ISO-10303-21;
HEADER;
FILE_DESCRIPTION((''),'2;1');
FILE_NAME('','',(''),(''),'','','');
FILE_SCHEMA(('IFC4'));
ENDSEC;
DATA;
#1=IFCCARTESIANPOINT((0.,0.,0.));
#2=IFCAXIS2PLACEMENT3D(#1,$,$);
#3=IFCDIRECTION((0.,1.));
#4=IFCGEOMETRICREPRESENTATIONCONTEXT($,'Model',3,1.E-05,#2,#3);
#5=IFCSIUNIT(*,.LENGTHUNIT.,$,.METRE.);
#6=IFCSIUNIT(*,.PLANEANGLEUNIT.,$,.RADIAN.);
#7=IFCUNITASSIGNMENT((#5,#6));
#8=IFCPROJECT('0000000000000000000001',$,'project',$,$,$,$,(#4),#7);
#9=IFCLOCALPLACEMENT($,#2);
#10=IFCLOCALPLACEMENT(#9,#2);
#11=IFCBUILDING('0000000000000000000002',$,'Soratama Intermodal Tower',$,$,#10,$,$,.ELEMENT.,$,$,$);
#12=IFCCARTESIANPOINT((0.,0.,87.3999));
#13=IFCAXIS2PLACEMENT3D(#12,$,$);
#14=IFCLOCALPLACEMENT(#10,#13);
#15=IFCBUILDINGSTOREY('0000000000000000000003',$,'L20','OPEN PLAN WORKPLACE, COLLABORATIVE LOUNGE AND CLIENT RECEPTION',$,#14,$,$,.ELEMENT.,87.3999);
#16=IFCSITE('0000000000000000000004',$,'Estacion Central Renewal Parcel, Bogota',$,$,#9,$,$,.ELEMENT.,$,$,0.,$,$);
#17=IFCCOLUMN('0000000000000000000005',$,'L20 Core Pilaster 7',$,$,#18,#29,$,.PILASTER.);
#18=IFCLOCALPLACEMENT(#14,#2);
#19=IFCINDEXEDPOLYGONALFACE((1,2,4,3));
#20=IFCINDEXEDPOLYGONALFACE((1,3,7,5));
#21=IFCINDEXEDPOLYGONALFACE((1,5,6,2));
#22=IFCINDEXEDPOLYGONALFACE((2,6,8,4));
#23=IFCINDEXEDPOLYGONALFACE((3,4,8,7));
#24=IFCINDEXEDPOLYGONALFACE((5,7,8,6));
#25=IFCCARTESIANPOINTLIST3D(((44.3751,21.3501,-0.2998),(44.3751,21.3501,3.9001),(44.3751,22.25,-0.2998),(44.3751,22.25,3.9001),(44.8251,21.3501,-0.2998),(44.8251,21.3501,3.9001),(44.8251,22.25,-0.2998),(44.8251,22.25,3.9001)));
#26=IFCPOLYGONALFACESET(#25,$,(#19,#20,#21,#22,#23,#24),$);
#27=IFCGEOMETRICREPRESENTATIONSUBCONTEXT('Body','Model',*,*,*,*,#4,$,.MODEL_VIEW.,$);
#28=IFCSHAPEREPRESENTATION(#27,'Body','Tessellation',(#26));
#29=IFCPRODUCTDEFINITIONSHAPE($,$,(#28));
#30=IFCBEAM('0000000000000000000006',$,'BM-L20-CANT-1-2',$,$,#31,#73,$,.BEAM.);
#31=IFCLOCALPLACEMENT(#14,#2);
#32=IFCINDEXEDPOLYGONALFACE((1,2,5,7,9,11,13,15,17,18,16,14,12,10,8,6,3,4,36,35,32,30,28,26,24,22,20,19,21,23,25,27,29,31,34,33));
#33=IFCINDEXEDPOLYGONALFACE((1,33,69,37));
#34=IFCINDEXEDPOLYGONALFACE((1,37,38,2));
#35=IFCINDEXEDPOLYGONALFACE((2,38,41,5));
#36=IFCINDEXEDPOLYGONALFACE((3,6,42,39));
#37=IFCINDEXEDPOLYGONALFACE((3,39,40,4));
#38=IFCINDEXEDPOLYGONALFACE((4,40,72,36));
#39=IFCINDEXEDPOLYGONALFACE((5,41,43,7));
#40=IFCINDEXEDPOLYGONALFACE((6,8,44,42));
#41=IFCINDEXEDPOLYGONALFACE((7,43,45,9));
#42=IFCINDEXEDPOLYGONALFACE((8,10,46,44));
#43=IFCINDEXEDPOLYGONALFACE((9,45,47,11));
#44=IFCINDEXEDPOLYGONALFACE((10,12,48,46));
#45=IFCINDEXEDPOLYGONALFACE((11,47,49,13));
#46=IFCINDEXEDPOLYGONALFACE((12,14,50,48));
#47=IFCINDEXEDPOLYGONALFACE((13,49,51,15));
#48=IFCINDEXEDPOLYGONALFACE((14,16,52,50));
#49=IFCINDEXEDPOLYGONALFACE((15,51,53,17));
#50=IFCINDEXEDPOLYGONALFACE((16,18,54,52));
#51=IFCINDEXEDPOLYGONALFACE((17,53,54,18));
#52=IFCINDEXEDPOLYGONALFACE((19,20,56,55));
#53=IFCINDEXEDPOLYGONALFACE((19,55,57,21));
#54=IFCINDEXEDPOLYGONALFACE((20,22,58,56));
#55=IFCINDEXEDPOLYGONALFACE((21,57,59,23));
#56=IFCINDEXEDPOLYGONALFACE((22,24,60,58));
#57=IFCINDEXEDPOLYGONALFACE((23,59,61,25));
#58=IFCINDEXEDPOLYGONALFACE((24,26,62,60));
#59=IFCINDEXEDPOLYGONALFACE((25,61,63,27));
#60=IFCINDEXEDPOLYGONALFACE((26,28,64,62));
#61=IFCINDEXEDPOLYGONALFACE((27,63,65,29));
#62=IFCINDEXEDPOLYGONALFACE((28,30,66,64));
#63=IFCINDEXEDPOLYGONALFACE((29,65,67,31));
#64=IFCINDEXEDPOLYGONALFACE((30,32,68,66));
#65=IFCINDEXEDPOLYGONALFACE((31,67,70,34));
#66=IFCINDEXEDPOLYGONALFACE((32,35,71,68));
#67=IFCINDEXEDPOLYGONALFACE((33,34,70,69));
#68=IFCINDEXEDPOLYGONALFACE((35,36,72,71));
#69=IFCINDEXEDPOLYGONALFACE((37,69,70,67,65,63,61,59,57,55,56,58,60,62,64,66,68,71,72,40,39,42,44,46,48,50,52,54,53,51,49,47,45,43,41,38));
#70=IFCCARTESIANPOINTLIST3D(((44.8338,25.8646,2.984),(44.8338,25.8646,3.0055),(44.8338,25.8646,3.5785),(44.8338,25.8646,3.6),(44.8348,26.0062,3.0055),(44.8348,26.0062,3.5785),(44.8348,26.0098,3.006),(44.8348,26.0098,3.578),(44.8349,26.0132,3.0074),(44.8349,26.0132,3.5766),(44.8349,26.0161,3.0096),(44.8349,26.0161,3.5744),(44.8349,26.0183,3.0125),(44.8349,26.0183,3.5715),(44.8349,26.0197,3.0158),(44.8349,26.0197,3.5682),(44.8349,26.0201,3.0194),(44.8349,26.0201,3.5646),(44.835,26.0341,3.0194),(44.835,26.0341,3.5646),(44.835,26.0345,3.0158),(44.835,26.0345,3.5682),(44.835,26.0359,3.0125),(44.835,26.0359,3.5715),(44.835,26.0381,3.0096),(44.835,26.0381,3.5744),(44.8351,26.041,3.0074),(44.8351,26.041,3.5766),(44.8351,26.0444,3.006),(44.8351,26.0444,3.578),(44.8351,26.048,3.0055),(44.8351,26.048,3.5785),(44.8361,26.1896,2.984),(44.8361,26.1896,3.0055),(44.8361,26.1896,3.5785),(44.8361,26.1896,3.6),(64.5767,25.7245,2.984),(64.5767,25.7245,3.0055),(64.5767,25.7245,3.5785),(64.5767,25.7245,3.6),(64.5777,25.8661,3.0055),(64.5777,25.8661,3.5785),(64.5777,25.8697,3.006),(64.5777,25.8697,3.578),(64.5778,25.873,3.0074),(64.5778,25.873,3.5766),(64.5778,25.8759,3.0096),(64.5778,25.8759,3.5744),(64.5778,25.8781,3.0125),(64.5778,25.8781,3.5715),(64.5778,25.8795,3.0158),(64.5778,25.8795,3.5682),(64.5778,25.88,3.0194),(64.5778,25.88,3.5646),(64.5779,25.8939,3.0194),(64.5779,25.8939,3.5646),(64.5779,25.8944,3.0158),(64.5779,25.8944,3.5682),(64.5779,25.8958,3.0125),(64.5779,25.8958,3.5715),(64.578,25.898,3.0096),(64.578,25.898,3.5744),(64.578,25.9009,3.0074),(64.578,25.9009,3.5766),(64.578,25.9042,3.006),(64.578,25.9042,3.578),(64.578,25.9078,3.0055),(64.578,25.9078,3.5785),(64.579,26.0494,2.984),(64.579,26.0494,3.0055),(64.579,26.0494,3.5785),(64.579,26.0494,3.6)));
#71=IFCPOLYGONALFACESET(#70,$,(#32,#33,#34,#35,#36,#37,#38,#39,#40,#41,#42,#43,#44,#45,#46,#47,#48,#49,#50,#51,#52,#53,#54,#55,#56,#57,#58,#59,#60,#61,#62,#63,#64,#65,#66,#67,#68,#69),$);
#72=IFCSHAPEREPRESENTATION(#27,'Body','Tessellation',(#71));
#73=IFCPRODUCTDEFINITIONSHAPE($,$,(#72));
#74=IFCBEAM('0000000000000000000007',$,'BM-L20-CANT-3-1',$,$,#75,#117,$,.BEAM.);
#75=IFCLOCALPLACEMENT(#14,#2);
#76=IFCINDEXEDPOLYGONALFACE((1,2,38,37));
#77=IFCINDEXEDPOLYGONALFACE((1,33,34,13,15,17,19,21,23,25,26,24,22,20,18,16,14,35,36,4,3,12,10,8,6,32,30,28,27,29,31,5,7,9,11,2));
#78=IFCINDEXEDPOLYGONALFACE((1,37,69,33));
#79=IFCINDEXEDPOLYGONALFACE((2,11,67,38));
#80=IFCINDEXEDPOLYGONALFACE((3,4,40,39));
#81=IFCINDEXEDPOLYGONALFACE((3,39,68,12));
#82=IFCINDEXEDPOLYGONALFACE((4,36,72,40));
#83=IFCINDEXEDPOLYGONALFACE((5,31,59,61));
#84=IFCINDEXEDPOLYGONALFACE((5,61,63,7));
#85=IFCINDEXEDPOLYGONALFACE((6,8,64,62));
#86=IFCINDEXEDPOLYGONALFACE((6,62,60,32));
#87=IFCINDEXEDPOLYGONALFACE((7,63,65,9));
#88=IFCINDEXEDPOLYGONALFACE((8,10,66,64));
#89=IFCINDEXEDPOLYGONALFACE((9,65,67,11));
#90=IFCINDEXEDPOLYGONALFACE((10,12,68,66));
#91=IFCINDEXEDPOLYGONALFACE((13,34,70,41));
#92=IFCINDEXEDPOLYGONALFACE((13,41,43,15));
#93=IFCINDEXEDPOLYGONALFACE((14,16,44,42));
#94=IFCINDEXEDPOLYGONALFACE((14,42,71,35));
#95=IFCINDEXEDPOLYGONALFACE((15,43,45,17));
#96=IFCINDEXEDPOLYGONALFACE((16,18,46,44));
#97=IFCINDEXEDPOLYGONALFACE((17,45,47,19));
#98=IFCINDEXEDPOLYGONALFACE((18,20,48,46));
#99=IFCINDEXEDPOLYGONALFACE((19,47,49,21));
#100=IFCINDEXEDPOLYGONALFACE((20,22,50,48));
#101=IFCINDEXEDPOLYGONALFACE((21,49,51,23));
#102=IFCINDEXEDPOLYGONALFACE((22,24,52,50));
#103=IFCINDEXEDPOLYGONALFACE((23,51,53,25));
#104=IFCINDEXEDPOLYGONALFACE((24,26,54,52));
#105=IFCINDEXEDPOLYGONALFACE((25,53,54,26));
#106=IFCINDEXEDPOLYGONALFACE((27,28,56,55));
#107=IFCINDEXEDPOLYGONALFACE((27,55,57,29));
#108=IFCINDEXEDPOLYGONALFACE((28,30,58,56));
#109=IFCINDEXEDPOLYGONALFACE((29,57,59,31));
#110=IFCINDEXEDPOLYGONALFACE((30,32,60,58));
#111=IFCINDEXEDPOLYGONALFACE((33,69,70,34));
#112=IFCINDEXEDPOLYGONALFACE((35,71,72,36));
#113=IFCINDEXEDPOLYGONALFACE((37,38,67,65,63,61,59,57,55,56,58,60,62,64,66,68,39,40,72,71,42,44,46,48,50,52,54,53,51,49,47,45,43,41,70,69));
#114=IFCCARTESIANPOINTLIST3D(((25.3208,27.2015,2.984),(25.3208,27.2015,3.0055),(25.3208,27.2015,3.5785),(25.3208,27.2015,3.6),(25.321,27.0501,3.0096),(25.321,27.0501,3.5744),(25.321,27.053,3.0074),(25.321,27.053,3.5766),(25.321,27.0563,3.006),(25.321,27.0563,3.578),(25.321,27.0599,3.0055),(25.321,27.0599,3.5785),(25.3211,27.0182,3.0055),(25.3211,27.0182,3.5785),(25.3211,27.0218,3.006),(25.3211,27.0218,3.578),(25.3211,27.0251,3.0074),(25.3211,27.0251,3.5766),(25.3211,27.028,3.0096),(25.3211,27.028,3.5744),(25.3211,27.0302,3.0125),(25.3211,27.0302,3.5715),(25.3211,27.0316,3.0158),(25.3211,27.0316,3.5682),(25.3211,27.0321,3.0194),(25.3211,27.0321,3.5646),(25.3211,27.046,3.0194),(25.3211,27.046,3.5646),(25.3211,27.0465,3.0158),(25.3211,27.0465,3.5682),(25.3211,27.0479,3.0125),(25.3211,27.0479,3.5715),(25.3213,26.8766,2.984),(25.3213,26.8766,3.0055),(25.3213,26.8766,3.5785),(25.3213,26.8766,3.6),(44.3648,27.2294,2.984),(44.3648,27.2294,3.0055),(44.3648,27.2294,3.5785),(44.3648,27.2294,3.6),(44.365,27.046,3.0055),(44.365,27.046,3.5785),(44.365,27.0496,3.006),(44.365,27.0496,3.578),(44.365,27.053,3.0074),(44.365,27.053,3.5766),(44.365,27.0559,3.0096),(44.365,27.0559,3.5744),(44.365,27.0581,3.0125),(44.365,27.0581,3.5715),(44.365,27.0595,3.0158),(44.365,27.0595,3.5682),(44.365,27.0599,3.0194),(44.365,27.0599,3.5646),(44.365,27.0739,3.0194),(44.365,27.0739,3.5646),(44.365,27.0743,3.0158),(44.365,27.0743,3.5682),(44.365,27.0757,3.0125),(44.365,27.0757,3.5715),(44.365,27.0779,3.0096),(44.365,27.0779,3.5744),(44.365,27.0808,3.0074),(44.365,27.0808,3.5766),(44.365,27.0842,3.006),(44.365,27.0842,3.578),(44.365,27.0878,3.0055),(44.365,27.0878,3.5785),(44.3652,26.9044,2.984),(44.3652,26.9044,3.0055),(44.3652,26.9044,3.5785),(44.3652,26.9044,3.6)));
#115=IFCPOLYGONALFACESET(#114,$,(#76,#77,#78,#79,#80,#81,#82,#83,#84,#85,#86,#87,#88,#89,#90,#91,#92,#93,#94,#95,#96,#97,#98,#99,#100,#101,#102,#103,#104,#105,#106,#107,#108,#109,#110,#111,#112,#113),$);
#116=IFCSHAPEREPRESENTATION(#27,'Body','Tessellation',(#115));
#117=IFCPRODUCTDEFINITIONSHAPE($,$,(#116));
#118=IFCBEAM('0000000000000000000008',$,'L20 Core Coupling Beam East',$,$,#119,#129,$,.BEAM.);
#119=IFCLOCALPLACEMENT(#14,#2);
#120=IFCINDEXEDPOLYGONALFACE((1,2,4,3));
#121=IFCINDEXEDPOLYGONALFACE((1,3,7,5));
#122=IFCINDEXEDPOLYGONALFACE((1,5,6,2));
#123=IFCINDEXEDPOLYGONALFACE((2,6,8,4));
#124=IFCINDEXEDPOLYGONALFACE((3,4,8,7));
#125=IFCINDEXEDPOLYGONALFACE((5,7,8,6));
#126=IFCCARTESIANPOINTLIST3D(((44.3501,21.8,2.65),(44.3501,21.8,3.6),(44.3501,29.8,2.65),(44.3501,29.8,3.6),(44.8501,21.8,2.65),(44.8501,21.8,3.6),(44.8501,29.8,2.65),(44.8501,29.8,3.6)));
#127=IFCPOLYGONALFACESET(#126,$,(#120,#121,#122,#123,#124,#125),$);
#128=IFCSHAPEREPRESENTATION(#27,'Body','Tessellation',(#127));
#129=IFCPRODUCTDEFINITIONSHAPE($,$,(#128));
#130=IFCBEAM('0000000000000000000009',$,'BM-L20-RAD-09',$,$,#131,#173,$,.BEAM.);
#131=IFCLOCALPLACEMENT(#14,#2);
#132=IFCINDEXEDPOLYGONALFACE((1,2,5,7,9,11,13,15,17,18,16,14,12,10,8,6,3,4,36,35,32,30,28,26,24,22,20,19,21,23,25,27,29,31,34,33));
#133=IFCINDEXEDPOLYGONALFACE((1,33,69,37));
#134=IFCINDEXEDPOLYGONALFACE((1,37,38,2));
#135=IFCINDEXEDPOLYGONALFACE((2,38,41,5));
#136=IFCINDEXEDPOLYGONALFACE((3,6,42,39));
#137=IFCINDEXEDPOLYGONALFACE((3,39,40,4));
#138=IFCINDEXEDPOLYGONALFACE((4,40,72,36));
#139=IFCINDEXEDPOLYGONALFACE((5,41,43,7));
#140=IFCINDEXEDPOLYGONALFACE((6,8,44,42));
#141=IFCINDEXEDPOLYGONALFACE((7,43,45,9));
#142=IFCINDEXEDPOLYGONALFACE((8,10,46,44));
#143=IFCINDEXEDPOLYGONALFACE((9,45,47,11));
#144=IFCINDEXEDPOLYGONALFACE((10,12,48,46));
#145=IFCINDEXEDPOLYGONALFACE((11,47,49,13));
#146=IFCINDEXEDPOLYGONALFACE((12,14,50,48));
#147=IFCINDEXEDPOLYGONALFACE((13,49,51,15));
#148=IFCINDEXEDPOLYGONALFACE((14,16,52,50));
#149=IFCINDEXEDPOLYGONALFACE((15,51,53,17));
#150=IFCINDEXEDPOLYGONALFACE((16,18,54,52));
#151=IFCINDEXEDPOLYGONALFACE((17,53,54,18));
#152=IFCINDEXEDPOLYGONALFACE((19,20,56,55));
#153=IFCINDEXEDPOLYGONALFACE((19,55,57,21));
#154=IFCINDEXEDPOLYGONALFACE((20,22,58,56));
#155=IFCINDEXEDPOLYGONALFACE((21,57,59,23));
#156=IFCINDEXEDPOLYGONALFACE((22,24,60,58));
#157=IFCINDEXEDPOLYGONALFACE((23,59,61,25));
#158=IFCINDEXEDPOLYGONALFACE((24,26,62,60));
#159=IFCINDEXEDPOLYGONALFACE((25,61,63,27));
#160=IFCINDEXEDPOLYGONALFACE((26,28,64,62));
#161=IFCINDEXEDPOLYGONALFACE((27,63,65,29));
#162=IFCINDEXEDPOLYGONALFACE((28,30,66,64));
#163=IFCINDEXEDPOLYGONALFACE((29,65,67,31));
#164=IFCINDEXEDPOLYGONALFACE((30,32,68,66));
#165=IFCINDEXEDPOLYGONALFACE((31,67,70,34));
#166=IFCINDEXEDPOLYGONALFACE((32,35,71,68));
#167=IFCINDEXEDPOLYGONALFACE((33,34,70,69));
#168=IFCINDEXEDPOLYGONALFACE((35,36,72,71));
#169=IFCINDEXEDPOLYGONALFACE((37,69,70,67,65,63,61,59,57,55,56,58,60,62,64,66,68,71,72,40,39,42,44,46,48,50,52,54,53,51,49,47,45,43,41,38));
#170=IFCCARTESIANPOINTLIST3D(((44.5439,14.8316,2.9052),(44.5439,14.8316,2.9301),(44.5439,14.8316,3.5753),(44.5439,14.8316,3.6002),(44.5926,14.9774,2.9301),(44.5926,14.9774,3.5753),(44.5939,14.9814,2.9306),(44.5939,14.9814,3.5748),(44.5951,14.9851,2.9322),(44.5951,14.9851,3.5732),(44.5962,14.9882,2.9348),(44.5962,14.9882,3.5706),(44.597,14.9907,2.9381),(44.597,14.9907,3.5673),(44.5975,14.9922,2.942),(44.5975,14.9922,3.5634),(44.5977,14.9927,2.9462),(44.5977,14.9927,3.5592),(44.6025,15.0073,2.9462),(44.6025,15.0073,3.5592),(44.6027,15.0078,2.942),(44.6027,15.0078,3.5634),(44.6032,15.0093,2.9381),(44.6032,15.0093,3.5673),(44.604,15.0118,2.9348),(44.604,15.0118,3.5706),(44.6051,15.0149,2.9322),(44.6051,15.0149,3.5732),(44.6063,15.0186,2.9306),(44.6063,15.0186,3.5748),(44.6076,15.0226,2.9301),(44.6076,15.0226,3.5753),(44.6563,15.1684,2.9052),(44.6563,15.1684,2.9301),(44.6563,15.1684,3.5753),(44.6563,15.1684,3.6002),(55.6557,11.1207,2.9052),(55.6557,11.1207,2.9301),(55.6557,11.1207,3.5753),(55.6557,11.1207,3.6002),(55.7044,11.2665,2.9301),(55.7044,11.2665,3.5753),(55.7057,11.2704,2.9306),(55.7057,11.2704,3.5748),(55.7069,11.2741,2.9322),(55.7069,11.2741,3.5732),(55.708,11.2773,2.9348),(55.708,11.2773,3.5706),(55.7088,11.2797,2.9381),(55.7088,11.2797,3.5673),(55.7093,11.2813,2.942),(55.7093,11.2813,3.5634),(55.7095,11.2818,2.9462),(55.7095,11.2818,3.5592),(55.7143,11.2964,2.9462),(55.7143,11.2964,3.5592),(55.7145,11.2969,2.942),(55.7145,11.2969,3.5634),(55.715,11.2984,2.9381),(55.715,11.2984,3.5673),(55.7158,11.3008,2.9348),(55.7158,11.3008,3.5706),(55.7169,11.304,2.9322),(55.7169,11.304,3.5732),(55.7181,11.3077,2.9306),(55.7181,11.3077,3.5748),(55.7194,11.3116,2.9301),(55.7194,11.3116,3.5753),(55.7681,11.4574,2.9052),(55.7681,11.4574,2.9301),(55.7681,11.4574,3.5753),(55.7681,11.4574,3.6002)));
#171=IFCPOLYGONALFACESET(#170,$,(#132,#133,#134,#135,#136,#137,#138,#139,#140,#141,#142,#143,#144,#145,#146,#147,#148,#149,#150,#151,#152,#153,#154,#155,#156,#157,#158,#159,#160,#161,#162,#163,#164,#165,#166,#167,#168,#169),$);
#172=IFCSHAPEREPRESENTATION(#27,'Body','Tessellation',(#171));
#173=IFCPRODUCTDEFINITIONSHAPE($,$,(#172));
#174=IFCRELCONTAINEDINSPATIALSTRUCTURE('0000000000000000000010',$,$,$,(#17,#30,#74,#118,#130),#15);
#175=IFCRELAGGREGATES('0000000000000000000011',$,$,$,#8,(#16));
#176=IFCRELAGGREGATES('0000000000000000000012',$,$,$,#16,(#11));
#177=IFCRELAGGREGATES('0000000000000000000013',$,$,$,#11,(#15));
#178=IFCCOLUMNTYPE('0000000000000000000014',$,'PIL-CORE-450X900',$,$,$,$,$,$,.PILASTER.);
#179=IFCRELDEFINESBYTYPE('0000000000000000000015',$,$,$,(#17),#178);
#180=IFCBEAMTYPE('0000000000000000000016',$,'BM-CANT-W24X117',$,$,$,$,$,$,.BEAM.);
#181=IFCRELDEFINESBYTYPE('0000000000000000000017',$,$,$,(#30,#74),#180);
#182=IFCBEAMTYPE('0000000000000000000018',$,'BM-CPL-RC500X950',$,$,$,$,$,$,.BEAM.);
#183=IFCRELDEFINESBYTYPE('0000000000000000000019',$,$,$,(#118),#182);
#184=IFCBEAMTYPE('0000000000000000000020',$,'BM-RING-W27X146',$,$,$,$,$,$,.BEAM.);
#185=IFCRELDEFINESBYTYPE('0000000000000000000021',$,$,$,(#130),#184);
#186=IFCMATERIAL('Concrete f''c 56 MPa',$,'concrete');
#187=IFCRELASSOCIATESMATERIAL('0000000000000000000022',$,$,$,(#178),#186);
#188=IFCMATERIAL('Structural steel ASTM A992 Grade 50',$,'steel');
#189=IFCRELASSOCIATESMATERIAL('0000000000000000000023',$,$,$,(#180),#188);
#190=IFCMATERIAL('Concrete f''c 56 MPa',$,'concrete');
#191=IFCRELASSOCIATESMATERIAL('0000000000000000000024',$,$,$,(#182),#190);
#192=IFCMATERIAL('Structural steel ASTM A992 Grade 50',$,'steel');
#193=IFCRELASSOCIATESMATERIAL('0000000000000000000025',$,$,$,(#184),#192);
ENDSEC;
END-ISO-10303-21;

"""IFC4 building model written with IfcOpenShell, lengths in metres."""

from ifc_helpers import new_model, si_unit, direction, frame, origin, origin_2d, place, context, subcontext, project, spatial, rectangle, i_section, extrude, material, material_profile, profile_set, type_object, element, save


model = new_model("IFC4")

# Units and contexts
model_context = context("Model", 3, precision=1e-05, world=origin(), true_north=direction((0.0, 1.0)))
body_context = subcontext(model_context, "Body", "Model", "MODEL_VIEW")
ifc_project = project(units=[si_unit("LENGTHUNIT", "METRE"), si_unit("PLANEANGLEUNIT", "RADIAN")], contexts=[model_context])

# Site, building, storey
site_placement = place(None, origin())
site = spatial("IfcSite", under=ifc_project, at=site_placement, Name="Estacion Central Renewal Parcel, Bogota", CompositionType="ELEMENT", RefElevation=0.0)
building_placement = place(site_placement, origin())
building = spatial("IfcBuilding", under=site, at=building_placement, Name="Soratama Intermodal Tower", CompositionType="ELEMENT")
storey_placement = place(building_placement, frame((0.0, 0.0, 87.3999)))
storey = spatial("IfcBuildingStorey", under=building, at=storey_placement, Name="L20", Description="OPEN PLAN WORKPLACE, COLLABORATIVE LOUNGE AND CLIENT RECEPTION", CompositionType="ELEMENT", Elevation=87.3999)

# Column
ifc_material_1 = material(Name="Concrete f'c 56 MPa", Category="concrete")
ifc_material_profile_1 = material_profile(ifc_material_1, rectangle(XDim=0.45, YDim=0.8999, at=origin_2d()), Name="RC450X900")
ifc_profile_set_1 = profile_set([ifc_material_profile_1], Name="Concrete f'c 56 MPa")
column_type = type_object("IfcColumnType", Name="PIL-CORE-450X900", PredefinedType="PILASTER", material=ifc_profile_set_1)
column_placement = place(storey_placement, frame((44.6001, 21.8, -0.2998), z_axis=(0.0, 0.0, 1.0), x_axis=(1.0, 0.0, 0.0)))
element("IfcColumn", 1, at=column_placement, inside=storey, type_object=column_type, Name="L20 Core Pilaster 7", PredefinedType="PILASTER", context=body_context, shape_type="SweptSolid", body=[
    extrude(rectangle(XDim=0.45, YDim=0.8999, at=origin_2d()), origin(), (0.0, 0.0, 1.0), 4.2),
])

# Beams
ifc_material_2 = material(Name="Structural steel ASTM A992 Grade 50", Category="steel")
ifc_material_profile_2 = material_profile(ifc_material_2, i_section(OverallWidth=0.325, OverallDepth=0.616, WebThickness=0.0139, FlangeThickness=0.0215, FilletRadius=0.0139, at=origin_2d()), Name="W24X117")
ifc_profile_set_2 = profile_set([ifc_material_profile_2], Name="Structural steel ASTM A992 Grade 50")
beam_type_1 = type_object("IfcBeamType", Name="BM-CANT-W24X117", PredefinedType="BEAM", material=ifc_profile_set_2)
beam_1_placement = place(storey_placement, frame((44.835, 26.0271, 3.292), z_axis=(0.999975, -0.007098, 0.0), x_axis=(0.007098, 0.999975, 0.0)))
element("IfcBeam", 2, at=beam_1_placement, inside=storey, type_object=beam_type_1, Name="BM-L20-CANT-1-2", PredefinedType="BEAM", context=body_context, shape_type="SweptSolid", body=[
    extrude(i_section(OverallWidth=0.325, OverallDepth=0.616, WebThickness=0.0139, FlangeThickness=0.0215, FilletRadius=0.0139, at=origin_2d()), origin(), (0.0, 0.0, 1.0), 19.7434),
])
beam_2_placement = place(storey_placement, frame((44.365, 27.0669, 3.292), z_axis=(-0.999999, -0.001461, 0.0), x_axis=(0.001461, -0.999999, 0.0)))
element("IfcBeam", 3, at=beam_2_placement, inside=storey, type_object=beam_type_1, Name="BM-L20-CANT-3-1", PredefinedType="BEAM", context=body_context, shape_type="SweptSolid", body=[
    extrude(i_section(OverallWidth=0.325, OverallDepth=0.616, WebThickness=0.0139, FlangeThickness=0.0215, FilletRadius=0.0139, at=origin_2d()), origin(), (0.0, 0.0, 1.0), 19.0439),
])
ifc_material_3 = material(Name="Concrete f'c 56 MPa", Category="concrete")
ifc_material_profile_3 = material_profile(ifc_material_3, rectangle(XDim=0.5, YDim=0.95, at=origin_2d()), Name="RC500X950")
ifc_profile_set_3 = profile_set([ifc_material_profile_3], Name="Concrete f'c 56 MPa")
beam_type_2 = type_object("IfcBeamType", Name="BM-CPL-RC500X950", PredefinedType="BEAM", material=ifc_profile_set_3)
beam_3_placement = place(storey_placement, frame((44.6001, 21.8, 3.125), z_axis=(0.0, 1.0, 0.0), x_axis=(-1.0, 0.0, 0.0)))
element("IfcBeam", 4, at=beam_3_placement, inside=storey, type_object=beam_type_2, Name="L20 Core Coupling Beam East", PredefinedType="BEAM", context=body_context, shape_type="SweptSolid", body=[
    extrude(rectangle(XDim=0.5, YDim=0.95, at=origin_2d()), origin(), (0.0, 0.0, 1.0), 8.0),
])
ifc_material_4 = material(Name="Structural steel ASTM A992 Grade 50", Category="steel")
ifc_material_profile_4 = material_profile(ifc_material_4, i_section(OverallWidth=0.355, OverallDepth=0.6951, WebThickness=0.0154, FlangeThickness=0.0249, FilletRadius=0.0161, at=origin_2d()), Name="W27X146")
ifc_profile_set_4 = profile_set([ifc_material_profile_4], Name="Structural steel ASTM A992 Grade 50")
beam_type_3 = type_object("IfcBeamType", Name="BM-RING-W27X146", PredefinedType="BEAM", material=ifc_profile_set_4)
beam_4_placement = place(storey_placement, frame((44.6001, 15.0, 3.2527), z_axis=(0.948504, -0.316765, 0.0), x_axis=(0.316765, 0.948504, 0.0)))
element("IfcBeam", 5, at=beam_4_placement, inside=storey, type_object=beam_type_3, Name="BM-L20-RAD-09", PredefinedType="BEAM", context=body_context, shape_type="SweptSolid", body=[
    extrude(i_section(OverallWidth=0.355, OverallDepth=0.6951, WebThickness=0.0154, FlangeThickness=0.0249, FilletRadius=0.0161, at=origin_2d()), origin(), (0.0, 0.0, 1.0), 11.7151),
])

save(model, "model.ifc")
